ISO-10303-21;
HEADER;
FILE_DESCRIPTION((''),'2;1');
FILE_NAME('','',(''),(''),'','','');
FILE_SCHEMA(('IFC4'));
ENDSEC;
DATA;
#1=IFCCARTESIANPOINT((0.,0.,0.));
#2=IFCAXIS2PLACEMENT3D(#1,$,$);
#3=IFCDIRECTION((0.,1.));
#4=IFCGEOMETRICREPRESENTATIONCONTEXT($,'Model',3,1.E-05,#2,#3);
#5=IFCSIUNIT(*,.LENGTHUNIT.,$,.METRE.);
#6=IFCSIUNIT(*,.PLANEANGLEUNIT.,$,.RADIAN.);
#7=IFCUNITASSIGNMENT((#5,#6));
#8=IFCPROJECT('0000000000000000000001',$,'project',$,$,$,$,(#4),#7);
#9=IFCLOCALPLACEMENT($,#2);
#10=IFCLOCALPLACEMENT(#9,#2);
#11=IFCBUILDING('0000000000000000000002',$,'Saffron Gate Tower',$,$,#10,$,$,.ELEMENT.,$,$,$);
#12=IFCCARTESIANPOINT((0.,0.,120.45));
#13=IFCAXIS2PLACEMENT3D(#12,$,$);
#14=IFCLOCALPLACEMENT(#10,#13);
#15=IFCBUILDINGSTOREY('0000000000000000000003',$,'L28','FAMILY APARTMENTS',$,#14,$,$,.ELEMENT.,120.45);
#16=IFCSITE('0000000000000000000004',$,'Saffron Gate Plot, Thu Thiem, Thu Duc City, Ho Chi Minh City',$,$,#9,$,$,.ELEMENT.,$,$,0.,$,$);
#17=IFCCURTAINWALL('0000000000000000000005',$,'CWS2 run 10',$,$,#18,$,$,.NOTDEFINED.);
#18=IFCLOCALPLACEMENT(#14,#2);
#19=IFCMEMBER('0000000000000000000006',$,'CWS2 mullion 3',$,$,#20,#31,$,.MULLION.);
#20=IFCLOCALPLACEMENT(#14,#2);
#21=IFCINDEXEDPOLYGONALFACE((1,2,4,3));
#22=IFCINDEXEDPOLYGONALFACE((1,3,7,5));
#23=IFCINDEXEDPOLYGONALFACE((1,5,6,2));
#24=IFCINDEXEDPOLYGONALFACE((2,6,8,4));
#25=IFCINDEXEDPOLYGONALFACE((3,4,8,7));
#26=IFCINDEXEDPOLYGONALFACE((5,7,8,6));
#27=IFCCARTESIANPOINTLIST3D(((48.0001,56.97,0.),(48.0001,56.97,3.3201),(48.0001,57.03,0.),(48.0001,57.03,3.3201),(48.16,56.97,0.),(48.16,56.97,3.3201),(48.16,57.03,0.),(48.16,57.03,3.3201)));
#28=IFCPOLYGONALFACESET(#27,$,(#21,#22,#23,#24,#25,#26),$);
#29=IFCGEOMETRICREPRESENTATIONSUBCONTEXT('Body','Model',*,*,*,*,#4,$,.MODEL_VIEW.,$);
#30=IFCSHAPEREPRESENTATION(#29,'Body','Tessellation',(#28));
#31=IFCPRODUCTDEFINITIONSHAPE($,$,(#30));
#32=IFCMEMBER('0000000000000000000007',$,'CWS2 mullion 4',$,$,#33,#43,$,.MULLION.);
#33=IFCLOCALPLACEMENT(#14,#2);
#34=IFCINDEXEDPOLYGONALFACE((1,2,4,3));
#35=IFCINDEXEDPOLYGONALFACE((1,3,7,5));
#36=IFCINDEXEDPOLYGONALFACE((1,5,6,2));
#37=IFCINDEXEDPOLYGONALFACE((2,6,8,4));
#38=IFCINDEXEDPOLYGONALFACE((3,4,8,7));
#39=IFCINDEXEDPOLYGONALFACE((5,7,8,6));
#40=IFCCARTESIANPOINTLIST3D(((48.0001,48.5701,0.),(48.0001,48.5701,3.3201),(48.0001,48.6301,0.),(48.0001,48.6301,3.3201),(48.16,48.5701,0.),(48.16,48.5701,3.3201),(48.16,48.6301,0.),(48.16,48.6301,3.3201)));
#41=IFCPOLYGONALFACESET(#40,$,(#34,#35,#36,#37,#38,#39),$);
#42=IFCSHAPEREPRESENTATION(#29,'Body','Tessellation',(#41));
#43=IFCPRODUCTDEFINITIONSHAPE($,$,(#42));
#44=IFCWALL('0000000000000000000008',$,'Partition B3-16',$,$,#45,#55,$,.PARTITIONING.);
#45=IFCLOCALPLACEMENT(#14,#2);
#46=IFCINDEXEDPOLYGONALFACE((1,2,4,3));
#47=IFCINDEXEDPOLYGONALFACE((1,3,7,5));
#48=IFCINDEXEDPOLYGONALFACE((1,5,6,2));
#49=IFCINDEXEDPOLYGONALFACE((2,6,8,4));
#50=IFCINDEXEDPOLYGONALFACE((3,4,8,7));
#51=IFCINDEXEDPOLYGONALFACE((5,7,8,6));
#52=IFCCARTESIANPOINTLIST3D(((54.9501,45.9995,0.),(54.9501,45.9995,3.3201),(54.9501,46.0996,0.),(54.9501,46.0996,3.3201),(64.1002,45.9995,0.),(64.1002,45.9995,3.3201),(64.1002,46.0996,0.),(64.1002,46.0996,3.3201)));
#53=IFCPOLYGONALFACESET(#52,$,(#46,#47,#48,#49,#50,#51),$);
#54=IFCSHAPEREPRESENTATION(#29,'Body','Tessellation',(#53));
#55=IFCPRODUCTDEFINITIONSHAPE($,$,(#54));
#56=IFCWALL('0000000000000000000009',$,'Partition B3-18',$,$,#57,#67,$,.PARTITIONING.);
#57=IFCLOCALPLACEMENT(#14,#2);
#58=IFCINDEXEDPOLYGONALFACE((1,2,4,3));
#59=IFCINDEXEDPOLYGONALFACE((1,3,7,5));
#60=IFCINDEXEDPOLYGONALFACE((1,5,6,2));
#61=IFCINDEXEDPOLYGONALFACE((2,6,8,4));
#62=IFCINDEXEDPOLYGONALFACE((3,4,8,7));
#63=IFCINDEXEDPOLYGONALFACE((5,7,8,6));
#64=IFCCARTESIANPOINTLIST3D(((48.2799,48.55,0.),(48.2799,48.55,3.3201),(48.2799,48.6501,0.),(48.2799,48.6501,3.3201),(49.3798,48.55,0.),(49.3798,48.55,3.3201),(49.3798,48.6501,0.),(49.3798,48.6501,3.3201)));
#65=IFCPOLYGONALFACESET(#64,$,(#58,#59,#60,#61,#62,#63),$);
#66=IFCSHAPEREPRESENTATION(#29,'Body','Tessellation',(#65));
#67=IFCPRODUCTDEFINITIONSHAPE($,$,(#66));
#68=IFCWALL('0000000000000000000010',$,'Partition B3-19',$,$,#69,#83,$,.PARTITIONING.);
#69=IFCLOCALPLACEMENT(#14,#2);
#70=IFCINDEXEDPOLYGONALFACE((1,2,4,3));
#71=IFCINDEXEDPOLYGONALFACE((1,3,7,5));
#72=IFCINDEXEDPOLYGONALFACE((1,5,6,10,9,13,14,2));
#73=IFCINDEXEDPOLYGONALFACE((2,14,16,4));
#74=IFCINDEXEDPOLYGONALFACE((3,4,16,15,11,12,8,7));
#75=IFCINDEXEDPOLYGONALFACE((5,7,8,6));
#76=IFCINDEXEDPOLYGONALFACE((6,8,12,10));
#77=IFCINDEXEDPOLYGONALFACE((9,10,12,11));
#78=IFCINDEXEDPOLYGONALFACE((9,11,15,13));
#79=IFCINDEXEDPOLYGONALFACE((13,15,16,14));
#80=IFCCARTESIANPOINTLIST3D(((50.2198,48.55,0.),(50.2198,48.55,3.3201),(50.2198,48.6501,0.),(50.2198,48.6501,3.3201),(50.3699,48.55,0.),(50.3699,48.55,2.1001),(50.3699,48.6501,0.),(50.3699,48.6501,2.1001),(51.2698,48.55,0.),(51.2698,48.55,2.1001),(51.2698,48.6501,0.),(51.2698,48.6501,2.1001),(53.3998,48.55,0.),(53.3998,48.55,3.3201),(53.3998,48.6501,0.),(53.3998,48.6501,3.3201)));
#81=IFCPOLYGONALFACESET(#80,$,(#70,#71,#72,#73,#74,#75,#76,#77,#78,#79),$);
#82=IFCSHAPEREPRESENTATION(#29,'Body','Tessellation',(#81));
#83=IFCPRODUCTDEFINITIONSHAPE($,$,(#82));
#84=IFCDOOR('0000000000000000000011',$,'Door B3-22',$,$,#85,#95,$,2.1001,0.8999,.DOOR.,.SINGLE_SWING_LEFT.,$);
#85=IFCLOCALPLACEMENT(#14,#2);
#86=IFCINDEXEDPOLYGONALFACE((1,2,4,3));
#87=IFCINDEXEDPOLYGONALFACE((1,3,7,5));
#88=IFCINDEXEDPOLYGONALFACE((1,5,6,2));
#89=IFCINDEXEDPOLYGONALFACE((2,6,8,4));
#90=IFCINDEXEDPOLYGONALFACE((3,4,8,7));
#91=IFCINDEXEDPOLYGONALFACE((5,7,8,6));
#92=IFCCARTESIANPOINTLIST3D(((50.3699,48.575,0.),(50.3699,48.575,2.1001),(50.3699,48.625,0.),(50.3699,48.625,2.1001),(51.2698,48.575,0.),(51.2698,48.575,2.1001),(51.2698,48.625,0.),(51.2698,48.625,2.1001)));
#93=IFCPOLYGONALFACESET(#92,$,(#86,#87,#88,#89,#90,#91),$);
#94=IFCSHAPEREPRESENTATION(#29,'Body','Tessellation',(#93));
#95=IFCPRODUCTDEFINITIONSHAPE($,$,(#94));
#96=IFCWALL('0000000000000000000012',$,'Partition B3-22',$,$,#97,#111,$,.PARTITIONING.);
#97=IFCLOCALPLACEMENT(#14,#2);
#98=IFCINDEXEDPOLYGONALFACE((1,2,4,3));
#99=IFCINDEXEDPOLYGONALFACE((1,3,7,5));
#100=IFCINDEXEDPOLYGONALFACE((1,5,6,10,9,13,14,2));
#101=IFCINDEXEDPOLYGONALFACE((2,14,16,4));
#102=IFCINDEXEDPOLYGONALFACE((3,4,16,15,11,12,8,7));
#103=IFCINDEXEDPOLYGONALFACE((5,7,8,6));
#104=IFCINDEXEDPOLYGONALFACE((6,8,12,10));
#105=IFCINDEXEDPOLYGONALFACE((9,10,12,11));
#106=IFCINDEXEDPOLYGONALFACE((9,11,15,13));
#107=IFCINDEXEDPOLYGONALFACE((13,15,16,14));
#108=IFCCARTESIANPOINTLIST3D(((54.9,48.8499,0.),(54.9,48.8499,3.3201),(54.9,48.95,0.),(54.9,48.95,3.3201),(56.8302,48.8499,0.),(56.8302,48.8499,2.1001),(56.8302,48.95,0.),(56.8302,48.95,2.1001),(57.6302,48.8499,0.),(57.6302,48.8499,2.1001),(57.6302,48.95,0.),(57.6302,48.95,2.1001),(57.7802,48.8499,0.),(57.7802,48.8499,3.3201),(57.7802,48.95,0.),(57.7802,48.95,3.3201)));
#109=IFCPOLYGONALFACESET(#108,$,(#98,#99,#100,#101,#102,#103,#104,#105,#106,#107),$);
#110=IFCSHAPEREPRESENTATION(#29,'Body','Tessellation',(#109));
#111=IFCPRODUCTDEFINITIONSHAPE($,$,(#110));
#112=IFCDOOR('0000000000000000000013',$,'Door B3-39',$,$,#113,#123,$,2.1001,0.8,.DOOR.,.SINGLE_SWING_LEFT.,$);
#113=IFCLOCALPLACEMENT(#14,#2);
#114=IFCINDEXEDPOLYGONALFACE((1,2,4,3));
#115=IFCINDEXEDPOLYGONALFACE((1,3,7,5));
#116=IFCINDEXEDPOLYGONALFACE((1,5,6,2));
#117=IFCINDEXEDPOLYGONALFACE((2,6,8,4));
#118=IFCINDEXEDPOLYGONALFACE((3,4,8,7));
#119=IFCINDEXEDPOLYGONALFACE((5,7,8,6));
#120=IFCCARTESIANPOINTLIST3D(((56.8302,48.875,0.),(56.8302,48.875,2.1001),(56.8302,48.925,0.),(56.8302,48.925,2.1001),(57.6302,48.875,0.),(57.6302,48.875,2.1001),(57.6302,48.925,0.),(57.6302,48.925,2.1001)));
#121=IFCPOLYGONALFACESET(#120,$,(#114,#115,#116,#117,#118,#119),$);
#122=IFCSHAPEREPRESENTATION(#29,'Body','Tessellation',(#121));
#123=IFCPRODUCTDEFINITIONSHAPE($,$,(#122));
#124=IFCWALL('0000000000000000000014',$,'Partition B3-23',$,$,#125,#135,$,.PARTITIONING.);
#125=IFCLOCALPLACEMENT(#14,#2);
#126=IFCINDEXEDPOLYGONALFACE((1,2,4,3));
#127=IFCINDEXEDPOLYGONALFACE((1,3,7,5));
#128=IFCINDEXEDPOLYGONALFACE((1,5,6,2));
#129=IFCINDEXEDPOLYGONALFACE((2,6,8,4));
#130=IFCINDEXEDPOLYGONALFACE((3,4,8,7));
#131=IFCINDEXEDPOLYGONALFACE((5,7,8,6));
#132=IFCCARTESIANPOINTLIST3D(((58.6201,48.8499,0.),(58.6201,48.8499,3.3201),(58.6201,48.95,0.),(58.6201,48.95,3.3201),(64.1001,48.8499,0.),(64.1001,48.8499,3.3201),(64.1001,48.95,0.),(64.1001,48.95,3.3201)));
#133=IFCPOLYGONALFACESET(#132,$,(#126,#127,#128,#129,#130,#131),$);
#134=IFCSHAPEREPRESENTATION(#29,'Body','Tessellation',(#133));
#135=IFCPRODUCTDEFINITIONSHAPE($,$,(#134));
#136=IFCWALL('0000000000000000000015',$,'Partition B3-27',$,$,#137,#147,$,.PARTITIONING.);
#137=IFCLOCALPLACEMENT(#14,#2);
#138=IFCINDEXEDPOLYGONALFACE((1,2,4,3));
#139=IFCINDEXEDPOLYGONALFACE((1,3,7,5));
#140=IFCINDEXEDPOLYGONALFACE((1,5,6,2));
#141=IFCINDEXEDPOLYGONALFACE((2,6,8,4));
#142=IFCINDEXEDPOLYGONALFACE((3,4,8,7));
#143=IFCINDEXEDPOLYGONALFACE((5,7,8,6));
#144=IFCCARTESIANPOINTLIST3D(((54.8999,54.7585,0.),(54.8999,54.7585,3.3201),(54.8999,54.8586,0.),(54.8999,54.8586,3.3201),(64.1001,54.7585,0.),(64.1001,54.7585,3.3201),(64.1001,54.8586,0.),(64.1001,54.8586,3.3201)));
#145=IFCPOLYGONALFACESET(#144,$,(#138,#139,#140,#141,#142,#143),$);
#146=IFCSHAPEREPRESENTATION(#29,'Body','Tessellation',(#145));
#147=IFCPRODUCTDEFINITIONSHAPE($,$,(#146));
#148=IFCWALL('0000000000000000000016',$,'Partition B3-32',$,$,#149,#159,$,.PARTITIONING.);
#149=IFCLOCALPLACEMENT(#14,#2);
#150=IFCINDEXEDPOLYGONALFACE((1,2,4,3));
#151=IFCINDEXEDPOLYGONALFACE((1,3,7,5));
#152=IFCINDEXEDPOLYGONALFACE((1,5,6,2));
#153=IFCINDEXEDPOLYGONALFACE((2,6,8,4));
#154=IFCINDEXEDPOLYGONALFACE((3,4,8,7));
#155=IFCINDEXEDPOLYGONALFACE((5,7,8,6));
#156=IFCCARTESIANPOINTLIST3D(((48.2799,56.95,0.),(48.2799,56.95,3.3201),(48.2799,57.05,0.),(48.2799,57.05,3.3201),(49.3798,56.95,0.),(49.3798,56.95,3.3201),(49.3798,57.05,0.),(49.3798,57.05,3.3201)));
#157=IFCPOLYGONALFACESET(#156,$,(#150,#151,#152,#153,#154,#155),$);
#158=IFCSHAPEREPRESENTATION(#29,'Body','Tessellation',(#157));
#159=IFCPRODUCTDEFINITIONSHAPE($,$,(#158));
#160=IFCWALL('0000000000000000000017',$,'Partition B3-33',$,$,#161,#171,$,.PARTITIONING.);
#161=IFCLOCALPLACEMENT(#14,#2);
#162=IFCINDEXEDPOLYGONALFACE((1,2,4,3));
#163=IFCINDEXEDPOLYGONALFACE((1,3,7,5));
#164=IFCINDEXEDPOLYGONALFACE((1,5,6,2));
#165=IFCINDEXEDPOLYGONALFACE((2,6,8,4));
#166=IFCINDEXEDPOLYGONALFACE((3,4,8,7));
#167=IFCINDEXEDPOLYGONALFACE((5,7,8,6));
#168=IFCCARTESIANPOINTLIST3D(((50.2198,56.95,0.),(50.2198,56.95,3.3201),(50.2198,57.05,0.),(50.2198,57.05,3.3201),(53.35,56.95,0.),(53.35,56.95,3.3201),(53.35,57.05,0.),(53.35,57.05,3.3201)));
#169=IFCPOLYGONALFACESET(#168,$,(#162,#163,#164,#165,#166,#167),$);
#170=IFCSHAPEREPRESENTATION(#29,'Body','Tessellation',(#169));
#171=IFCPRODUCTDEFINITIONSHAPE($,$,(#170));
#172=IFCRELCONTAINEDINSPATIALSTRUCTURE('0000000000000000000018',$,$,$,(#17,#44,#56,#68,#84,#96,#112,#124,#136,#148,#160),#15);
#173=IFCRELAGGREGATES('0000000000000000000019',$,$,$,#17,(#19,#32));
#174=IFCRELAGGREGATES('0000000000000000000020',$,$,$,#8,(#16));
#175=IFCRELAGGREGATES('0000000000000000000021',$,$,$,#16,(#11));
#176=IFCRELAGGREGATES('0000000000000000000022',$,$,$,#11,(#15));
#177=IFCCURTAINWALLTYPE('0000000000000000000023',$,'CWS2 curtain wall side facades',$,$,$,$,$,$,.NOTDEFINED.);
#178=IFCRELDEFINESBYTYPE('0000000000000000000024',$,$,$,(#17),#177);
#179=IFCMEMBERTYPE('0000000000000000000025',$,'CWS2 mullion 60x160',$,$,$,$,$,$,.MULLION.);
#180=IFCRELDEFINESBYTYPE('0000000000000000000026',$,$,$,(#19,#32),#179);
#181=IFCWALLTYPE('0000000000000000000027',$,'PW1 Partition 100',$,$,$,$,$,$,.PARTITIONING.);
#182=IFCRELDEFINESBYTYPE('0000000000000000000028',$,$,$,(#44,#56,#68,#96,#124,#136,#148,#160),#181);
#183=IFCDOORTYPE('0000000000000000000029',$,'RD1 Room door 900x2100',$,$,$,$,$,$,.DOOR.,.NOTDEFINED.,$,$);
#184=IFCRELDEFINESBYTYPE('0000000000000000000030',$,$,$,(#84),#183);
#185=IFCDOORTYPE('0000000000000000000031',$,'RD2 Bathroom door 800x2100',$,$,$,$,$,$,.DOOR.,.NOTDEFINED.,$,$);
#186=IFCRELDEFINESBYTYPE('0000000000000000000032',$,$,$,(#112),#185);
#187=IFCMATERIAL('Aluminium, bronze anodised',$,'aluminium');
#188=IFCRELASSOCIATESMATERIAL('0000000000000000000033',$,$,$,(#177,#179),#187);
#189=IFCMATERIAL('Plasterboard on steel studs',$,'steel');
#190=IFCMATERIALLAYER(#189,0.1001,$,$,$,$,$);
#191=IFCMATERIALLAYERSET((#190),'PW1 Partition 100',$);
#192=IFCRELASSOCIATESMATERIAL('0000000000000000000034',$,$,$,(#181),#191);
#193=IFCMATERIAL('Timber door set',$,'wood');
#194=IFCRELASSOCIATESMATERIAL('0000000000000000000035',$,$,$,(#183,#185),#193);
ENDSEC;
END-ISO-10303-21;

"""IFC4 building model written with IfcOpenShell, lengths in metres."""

from ifc_helpers import new_model, si_unit, direction, frame, frame_2d, origin, origin_2d, place, context, subcontext, project, spatial, rectangle, extrude, material, layer, layer_set, material_profile, profile_set, type_object, element, fill, aggregate, save


model = new_model("IFC4")

# Units and contexts
model_context = context("Model", 3, precision=1e-05, world=origin(), true_north=direction((0.0, 1.0)))
body_context = subcontext(model_context, "Body", "Model", "MODEL_VIEW")
ifc_project = project(units=[si_unit("LENGTHUNIT", "METRE"), si_unit("PLANEANGLEUNIT", "RADIAN")], contexts=[model_context])

# Site, building, storey
site_placement = place(None, origin())
site = spatial("IfcSite", under=ifc_project, at=site_placement, Name="Saffron Gate Plot, Thu Thiem, Thu Duc City, Ho Chi Minh City", CompositionType="ELEMENT", RefElevation=0.0)
building_placement = place(site_placement, origin())
building = spatial("IfcBuilding", under=site, at=building_placement, Name="Saffron Gate Tower", CompositionType="ELEMENT")
storey_placement = place(building_placement, frame((0.0, 0.0, 120.45)))
storey = spatial("IfcBuildingStorey", under=building, at=storey_placement, Name="L28", Description="FAMILY APARTMENTS", CompositionType="ELEMENT", Elevation=120.45)

# Curtain wall, members
ifc_material_1 = material(Name="Aluminium, bronze anodised", Category="aluminium")
curtain_wall_type = type_object("IfcCurtainWallType", Name="CWS2 curtain wall side facades", PredefinedType="NOTDEFINED", material=ifc_material_1)
curtain_wall_placement = place(storey_placement, origin())
curtain_wall = element("IfcCurtainWall", 1, at=curtain_wall_placement, inside=storey, type_object=curtain_wall_type, Name="CWS2 run 10", PredefinedType="NOTDEFINED")
ifc_material_profile_1 = material_profile(ifc_material_1, rectangle(XDim=0.1599, YDim=0.0601, at=origin_2d()))
ifc_profile_set_1 = profile_set([ifc_material_profile_1], Name="Aluminium, bronze anodised")
member_type = type_object("IfcMemberType", Name="CWS2 mullion 60x160", PredefinedType="MULLION", material=ifc_profile_set_1)
member_1_placement = place(storey_placement, frame((48.0801, 57.0, 0.0), z_axis=(0.0, 0.0, 1.0), x_axis=(1.0, 0.0, 0.0)))
member_1 = element("IfcMember", 2, at=member_1_placement, type_object=member_type, Name="CWS2 mullion 3", PredefinedType="MULLION", context=body_context, shape_type="SweptSolid", body=[
    extrude(rectangle(XDim=0.1599, YDim=0.0601, at=origin_2d()), origin(), (0.0, 0.0, 1.0), 3.3201),
])
member_2_placement = place(storey_placement, frame((48.0801, 48.6001, 0.0), z_axis=(0.0, 0.0, 1.0), x_axis=(1.0, 0.0, 0.0)))
member_2 = element("IfcMember", 3, at=member_2_placement, type_object=member_type, Name="CWS2 mullion 4", PredefinedType="MULLION", context=body_context, shape_type="SweptSolid", body=[
    extrude(rectangle(XDim=0.1599, YDim=0.0601, at=origin_2d()), origin(), (0.0, 0.0, 1.0), 3.3201),
])
aggregate(curtain_wall, [member_1, member_2])

# Walls
ifc_material_2 = material(Name="Plasterboard on steel studs", Category="steel")
ifc_layer_1 = layer(ifc_material_2, 0.1001)
ifc_layer_set_1 = layer_set([ifc_layer_1], Name="PW1 Partition 100")
wall_type_1 = type_object("IfcWallType", Name="PW1 Partition 100", PredefinedType="PARTITIONING", material=ifc_layer_set_1)
wall_1_placement = place(storey_placement, frame((54.95, 46.0496, 0.0), z_axis=(0.0, 0.0, 1.0), x_axis=(1.0, 0.0, 0.0)))
element("IfcWall", 4, at=wall_1_placement, inside=storey, type_object=wall_type_1, Name="Partition B3-16", PredefinedType="PARTITIONING", context=body_context, shape_type="SweptSolid", body=[
    extrude(rectangle(XDim=9.1501, YDim=0.1001, at=frame_2d((4.5752, 0.0))), origin(), (0.0, 0.0, 1.0), 3.3201),
])
wall_2_placement = place(storey_placement, frame((48.28, 48.6001, 0.0), z_axis=(0.0, 0.0, 1.0), x_axis=(1.0, 0.0, 0.0)))
element("IfcWall", 5, at=wall_2_placement, inside=storey, type_object=wall_type_1, Name="Partition B3-18", PredefinedType="PARTITIONING", context=body_context, shape_type="SweptSolid", body=[
    extrude(rectangle(XDim=1.0999, YDim=0.1001, at=frame_2d((0.5498, 0.0))), origin(), (0.0, 0.0, 1.0), 3.3201),
])

# Walls, openings, doors
wall_3_placement = place(storey_placement, frame((50.22, 48.6001, 0.0), z_axis=(0.0, 0.0, 1.0), x_axis=(1.0, 0.0, 0.0)))
wall_3 = element("IfcWall", 6, at=wall_3_placement, inside=storey, type_object=wall_type_1, Name="Partition B3-19", PredefinedType="PARTITIONING", context=body_context, shape_type="SweptSolid", body=[
    extrude(rectangle(XDim=3.1799, YDim=0.1001, at=frame_2d((1.5898, 0.0))), origin(), (0.0, 0.0, 1.0), 3.3201),
])
opening_1_placement = place(wall_3_placement, frame((0.1499, 0.0, 0.0)))
opening_1 = element("IfcOpeningElement", 7, at=opening_1_placement, cuts=wall_3, PredefinedType="OPENING", context=body_context, shape_type="SweptSolid", body=[
    extrude(rectangle(XDim=0.8999, YDim=2.1001, at=frame_2d((0.45, 1.05))), frame((0.0, 0.0601, 0.0), z_axis=(0.0, -1.0, 0.0), x_axis=(1.0, 0.0, 0.0)), (0.0, 0.0, 1.0), 0.1201),
])
ifc_material_3 = material(Name="Timber door set", Category="wood")
door_type_1 = type_object("IfcDoorType", Name="RD1 Room door 900x2100", OperationType="NOTDEFINED", PredefinedType="DOOR", material=ifc_material_3)
door_1_placement = place(opening_1_placement, origin())
door_1 = element("IfcDoor", 8, at=door_1_placement, inside=storey, type_object=door_type_1, Name="Door B3-22", OperationType="SINGLE_SWING_LEFT", OverallHeight=2.1001, OverallWidth=0.8999, PredefinedType="DOOR", context=body_context, shape_type="SweptSolid", body=[
    extrude(rectangle(XDim=0.8999, YDim=2.1001, at=frame_2d((0.45, 1.05))), frame((0.0, 0.0249, 0.0), z_axis=(0.0, -1.0, 0.0), x_axis=(1.0, 0.0, 0.0)), (0.0, 0.0, 1.0), 0.05),
])
fill(opening_1, door_1)
wall_4_placement = place(storey_placement, frame((57.78, 48.8999, 0.0), z_axis=(0.0, 0.0, 1.0), x_axis=(-1.0, 0.0, 0.0)))
wall_4 = element("IfcWall", 9, at=wall_4_placement, inside=storey, type_object=wall_type_1, Name="Partition B3-22", PredefinedType="PARTITIONING", context=body_context, shape_type="SweptSolid", body=[
    extrude(rectangle(XDim=2.8801, YDim=0.1001, at=frame_2d((1.4399, 0.0))), origin(), (0.0, 0.0, 1.0), 3.3201),
])
opening_2_placement = place(wall_4_placement, frame((0.1499, 0.0, 0.0)))
opening_2 = element("IfcOpeningElement", 10, at=opening_2_placement, cuts=wall_4, PredefinedType="OPENING", context=body_context, shape_type="SweptSolid", body=[
    extrude(rectangle(XDim=0.8, YDim=2.1001, at=frame_2d((0.3999, 1.05))), frame((0.0, 0.0601, 0.0), z_axis=(0.0, -1.0, 0.0), x_axis=(1.0, 0.0, 0.0)), (0.0, 0.0, 1.0), 0.1201),
])
door_type_2 = type_object("IfcDoorType", Name="RD2 Bathroom door 800x2100", OperationType="NOTDEFINED", PredefinedType="DOOR", material=ifc_material_3)
door_2_placement = place(opening_2_placement, origin())
door_2 = element("IfcDoor", 11, at=door_2_placement, inside=storey, type_object=door_type_2, Name="Door B3-39", OperationType="SINGLE_SWING_LEFT", OverallHeight=2.1001, OverallWidth=0.8, PredefinedType="DOOR", context=body_context, shape_type="SweptSolid", body=[
    extrude(rectangle(XDim=0.8, YDim=2.1001, at=frame_2d((0.3999, 1.05))), frame((0.0, 0.0249, 0.0), z_axis=(0.0, -1.0, 0.0), x_axis=(1.0, 0.0, 0.0)), (0.0, 0.0, 1.0), 0.05),
])
fill(opening_2, door_2)

# Walls
wall_5_placement = place(storey_placement, frame((58.6201, 48.8999, 0.0), z_axis=(0.0, 0.0, 1.0), x_axis=(1.0, 0.0, 0.0)))
element("IfcWall", 12, at=wall_5_placement, inside=storey, type_object=wall_type_1, Name="Partition B3-23", PredefinedType="PARTITIONING", context=body_context, shape_type="SweptSolid", body=[
    extrude(rectangle(XDim=5.48, YDim=0.1001, at=frame_2d((2.74, 0.0))), origin(), (0.0, 0.0, 1.0), 3.3201),
])
wall_6_placement = place(storey_placement, frame((54.8999, 54.8086, 0.0), z_axis=(0.0, 0.0, 1.0), x_axis=(1.0, 0.0, 0.0)))
element("IfcWall", 13, at=wall_6_placement, inside=storey, type_object=wall_type_1, Name="Partition B3-27", PredefinedType="PARTITIONING", context=body_context, shape_type="SweptSolid", body=[
    extrude(rectangle(XDim=9.2002, YDim=0.1001, at=frame_2d((4.6001, 0.0))), origin(), (0.0, 0.0, 1.0), 3.3201),
])
wall_7_placement = place(storey_placement, frame((48.28, 57.0, 0.0), z_axis=(0.0, 0.0, 1.0), x_axis=(1.0, 0.0, 0.0)))
element("IfcWall", 14, at=wall_7_placement, inside=storey, type_object=wall_type_1, Name="Partition B3-32", PredefinedType="PARTITIONING", context=body_context, shape_type="SweptSolid", body=[
    extrude(rectangle(XDim=1.0999, YDim=0.1001, at=frame_2d((0.5498, 0.0))), origin(), (0.0, 0.0, 1.0), 3.3201),
])
wall_8_placement = place(storey_placement, frame((50.22, 57.0, 0.0), z_axis=(0.0, 0.0, 1.0), x_axis=(1.0, 0.0, 0.0)))
element("IfcWall", 15, at=wall_8_placement, inside=storey, type_object=wall_type_1, Name="Partition B3-33", PredefinedType="PARTITIONING", context=body_context, shape_type="SweptSolid", body=[
    extrude(rectangle(XDim=3.1301, YDim=0.1001, at=frame_2d((1.5649, 0.0))), origin(), (0.0, 0.0, 1.0), 3.3201),
])

save(model, "model.ifc")
